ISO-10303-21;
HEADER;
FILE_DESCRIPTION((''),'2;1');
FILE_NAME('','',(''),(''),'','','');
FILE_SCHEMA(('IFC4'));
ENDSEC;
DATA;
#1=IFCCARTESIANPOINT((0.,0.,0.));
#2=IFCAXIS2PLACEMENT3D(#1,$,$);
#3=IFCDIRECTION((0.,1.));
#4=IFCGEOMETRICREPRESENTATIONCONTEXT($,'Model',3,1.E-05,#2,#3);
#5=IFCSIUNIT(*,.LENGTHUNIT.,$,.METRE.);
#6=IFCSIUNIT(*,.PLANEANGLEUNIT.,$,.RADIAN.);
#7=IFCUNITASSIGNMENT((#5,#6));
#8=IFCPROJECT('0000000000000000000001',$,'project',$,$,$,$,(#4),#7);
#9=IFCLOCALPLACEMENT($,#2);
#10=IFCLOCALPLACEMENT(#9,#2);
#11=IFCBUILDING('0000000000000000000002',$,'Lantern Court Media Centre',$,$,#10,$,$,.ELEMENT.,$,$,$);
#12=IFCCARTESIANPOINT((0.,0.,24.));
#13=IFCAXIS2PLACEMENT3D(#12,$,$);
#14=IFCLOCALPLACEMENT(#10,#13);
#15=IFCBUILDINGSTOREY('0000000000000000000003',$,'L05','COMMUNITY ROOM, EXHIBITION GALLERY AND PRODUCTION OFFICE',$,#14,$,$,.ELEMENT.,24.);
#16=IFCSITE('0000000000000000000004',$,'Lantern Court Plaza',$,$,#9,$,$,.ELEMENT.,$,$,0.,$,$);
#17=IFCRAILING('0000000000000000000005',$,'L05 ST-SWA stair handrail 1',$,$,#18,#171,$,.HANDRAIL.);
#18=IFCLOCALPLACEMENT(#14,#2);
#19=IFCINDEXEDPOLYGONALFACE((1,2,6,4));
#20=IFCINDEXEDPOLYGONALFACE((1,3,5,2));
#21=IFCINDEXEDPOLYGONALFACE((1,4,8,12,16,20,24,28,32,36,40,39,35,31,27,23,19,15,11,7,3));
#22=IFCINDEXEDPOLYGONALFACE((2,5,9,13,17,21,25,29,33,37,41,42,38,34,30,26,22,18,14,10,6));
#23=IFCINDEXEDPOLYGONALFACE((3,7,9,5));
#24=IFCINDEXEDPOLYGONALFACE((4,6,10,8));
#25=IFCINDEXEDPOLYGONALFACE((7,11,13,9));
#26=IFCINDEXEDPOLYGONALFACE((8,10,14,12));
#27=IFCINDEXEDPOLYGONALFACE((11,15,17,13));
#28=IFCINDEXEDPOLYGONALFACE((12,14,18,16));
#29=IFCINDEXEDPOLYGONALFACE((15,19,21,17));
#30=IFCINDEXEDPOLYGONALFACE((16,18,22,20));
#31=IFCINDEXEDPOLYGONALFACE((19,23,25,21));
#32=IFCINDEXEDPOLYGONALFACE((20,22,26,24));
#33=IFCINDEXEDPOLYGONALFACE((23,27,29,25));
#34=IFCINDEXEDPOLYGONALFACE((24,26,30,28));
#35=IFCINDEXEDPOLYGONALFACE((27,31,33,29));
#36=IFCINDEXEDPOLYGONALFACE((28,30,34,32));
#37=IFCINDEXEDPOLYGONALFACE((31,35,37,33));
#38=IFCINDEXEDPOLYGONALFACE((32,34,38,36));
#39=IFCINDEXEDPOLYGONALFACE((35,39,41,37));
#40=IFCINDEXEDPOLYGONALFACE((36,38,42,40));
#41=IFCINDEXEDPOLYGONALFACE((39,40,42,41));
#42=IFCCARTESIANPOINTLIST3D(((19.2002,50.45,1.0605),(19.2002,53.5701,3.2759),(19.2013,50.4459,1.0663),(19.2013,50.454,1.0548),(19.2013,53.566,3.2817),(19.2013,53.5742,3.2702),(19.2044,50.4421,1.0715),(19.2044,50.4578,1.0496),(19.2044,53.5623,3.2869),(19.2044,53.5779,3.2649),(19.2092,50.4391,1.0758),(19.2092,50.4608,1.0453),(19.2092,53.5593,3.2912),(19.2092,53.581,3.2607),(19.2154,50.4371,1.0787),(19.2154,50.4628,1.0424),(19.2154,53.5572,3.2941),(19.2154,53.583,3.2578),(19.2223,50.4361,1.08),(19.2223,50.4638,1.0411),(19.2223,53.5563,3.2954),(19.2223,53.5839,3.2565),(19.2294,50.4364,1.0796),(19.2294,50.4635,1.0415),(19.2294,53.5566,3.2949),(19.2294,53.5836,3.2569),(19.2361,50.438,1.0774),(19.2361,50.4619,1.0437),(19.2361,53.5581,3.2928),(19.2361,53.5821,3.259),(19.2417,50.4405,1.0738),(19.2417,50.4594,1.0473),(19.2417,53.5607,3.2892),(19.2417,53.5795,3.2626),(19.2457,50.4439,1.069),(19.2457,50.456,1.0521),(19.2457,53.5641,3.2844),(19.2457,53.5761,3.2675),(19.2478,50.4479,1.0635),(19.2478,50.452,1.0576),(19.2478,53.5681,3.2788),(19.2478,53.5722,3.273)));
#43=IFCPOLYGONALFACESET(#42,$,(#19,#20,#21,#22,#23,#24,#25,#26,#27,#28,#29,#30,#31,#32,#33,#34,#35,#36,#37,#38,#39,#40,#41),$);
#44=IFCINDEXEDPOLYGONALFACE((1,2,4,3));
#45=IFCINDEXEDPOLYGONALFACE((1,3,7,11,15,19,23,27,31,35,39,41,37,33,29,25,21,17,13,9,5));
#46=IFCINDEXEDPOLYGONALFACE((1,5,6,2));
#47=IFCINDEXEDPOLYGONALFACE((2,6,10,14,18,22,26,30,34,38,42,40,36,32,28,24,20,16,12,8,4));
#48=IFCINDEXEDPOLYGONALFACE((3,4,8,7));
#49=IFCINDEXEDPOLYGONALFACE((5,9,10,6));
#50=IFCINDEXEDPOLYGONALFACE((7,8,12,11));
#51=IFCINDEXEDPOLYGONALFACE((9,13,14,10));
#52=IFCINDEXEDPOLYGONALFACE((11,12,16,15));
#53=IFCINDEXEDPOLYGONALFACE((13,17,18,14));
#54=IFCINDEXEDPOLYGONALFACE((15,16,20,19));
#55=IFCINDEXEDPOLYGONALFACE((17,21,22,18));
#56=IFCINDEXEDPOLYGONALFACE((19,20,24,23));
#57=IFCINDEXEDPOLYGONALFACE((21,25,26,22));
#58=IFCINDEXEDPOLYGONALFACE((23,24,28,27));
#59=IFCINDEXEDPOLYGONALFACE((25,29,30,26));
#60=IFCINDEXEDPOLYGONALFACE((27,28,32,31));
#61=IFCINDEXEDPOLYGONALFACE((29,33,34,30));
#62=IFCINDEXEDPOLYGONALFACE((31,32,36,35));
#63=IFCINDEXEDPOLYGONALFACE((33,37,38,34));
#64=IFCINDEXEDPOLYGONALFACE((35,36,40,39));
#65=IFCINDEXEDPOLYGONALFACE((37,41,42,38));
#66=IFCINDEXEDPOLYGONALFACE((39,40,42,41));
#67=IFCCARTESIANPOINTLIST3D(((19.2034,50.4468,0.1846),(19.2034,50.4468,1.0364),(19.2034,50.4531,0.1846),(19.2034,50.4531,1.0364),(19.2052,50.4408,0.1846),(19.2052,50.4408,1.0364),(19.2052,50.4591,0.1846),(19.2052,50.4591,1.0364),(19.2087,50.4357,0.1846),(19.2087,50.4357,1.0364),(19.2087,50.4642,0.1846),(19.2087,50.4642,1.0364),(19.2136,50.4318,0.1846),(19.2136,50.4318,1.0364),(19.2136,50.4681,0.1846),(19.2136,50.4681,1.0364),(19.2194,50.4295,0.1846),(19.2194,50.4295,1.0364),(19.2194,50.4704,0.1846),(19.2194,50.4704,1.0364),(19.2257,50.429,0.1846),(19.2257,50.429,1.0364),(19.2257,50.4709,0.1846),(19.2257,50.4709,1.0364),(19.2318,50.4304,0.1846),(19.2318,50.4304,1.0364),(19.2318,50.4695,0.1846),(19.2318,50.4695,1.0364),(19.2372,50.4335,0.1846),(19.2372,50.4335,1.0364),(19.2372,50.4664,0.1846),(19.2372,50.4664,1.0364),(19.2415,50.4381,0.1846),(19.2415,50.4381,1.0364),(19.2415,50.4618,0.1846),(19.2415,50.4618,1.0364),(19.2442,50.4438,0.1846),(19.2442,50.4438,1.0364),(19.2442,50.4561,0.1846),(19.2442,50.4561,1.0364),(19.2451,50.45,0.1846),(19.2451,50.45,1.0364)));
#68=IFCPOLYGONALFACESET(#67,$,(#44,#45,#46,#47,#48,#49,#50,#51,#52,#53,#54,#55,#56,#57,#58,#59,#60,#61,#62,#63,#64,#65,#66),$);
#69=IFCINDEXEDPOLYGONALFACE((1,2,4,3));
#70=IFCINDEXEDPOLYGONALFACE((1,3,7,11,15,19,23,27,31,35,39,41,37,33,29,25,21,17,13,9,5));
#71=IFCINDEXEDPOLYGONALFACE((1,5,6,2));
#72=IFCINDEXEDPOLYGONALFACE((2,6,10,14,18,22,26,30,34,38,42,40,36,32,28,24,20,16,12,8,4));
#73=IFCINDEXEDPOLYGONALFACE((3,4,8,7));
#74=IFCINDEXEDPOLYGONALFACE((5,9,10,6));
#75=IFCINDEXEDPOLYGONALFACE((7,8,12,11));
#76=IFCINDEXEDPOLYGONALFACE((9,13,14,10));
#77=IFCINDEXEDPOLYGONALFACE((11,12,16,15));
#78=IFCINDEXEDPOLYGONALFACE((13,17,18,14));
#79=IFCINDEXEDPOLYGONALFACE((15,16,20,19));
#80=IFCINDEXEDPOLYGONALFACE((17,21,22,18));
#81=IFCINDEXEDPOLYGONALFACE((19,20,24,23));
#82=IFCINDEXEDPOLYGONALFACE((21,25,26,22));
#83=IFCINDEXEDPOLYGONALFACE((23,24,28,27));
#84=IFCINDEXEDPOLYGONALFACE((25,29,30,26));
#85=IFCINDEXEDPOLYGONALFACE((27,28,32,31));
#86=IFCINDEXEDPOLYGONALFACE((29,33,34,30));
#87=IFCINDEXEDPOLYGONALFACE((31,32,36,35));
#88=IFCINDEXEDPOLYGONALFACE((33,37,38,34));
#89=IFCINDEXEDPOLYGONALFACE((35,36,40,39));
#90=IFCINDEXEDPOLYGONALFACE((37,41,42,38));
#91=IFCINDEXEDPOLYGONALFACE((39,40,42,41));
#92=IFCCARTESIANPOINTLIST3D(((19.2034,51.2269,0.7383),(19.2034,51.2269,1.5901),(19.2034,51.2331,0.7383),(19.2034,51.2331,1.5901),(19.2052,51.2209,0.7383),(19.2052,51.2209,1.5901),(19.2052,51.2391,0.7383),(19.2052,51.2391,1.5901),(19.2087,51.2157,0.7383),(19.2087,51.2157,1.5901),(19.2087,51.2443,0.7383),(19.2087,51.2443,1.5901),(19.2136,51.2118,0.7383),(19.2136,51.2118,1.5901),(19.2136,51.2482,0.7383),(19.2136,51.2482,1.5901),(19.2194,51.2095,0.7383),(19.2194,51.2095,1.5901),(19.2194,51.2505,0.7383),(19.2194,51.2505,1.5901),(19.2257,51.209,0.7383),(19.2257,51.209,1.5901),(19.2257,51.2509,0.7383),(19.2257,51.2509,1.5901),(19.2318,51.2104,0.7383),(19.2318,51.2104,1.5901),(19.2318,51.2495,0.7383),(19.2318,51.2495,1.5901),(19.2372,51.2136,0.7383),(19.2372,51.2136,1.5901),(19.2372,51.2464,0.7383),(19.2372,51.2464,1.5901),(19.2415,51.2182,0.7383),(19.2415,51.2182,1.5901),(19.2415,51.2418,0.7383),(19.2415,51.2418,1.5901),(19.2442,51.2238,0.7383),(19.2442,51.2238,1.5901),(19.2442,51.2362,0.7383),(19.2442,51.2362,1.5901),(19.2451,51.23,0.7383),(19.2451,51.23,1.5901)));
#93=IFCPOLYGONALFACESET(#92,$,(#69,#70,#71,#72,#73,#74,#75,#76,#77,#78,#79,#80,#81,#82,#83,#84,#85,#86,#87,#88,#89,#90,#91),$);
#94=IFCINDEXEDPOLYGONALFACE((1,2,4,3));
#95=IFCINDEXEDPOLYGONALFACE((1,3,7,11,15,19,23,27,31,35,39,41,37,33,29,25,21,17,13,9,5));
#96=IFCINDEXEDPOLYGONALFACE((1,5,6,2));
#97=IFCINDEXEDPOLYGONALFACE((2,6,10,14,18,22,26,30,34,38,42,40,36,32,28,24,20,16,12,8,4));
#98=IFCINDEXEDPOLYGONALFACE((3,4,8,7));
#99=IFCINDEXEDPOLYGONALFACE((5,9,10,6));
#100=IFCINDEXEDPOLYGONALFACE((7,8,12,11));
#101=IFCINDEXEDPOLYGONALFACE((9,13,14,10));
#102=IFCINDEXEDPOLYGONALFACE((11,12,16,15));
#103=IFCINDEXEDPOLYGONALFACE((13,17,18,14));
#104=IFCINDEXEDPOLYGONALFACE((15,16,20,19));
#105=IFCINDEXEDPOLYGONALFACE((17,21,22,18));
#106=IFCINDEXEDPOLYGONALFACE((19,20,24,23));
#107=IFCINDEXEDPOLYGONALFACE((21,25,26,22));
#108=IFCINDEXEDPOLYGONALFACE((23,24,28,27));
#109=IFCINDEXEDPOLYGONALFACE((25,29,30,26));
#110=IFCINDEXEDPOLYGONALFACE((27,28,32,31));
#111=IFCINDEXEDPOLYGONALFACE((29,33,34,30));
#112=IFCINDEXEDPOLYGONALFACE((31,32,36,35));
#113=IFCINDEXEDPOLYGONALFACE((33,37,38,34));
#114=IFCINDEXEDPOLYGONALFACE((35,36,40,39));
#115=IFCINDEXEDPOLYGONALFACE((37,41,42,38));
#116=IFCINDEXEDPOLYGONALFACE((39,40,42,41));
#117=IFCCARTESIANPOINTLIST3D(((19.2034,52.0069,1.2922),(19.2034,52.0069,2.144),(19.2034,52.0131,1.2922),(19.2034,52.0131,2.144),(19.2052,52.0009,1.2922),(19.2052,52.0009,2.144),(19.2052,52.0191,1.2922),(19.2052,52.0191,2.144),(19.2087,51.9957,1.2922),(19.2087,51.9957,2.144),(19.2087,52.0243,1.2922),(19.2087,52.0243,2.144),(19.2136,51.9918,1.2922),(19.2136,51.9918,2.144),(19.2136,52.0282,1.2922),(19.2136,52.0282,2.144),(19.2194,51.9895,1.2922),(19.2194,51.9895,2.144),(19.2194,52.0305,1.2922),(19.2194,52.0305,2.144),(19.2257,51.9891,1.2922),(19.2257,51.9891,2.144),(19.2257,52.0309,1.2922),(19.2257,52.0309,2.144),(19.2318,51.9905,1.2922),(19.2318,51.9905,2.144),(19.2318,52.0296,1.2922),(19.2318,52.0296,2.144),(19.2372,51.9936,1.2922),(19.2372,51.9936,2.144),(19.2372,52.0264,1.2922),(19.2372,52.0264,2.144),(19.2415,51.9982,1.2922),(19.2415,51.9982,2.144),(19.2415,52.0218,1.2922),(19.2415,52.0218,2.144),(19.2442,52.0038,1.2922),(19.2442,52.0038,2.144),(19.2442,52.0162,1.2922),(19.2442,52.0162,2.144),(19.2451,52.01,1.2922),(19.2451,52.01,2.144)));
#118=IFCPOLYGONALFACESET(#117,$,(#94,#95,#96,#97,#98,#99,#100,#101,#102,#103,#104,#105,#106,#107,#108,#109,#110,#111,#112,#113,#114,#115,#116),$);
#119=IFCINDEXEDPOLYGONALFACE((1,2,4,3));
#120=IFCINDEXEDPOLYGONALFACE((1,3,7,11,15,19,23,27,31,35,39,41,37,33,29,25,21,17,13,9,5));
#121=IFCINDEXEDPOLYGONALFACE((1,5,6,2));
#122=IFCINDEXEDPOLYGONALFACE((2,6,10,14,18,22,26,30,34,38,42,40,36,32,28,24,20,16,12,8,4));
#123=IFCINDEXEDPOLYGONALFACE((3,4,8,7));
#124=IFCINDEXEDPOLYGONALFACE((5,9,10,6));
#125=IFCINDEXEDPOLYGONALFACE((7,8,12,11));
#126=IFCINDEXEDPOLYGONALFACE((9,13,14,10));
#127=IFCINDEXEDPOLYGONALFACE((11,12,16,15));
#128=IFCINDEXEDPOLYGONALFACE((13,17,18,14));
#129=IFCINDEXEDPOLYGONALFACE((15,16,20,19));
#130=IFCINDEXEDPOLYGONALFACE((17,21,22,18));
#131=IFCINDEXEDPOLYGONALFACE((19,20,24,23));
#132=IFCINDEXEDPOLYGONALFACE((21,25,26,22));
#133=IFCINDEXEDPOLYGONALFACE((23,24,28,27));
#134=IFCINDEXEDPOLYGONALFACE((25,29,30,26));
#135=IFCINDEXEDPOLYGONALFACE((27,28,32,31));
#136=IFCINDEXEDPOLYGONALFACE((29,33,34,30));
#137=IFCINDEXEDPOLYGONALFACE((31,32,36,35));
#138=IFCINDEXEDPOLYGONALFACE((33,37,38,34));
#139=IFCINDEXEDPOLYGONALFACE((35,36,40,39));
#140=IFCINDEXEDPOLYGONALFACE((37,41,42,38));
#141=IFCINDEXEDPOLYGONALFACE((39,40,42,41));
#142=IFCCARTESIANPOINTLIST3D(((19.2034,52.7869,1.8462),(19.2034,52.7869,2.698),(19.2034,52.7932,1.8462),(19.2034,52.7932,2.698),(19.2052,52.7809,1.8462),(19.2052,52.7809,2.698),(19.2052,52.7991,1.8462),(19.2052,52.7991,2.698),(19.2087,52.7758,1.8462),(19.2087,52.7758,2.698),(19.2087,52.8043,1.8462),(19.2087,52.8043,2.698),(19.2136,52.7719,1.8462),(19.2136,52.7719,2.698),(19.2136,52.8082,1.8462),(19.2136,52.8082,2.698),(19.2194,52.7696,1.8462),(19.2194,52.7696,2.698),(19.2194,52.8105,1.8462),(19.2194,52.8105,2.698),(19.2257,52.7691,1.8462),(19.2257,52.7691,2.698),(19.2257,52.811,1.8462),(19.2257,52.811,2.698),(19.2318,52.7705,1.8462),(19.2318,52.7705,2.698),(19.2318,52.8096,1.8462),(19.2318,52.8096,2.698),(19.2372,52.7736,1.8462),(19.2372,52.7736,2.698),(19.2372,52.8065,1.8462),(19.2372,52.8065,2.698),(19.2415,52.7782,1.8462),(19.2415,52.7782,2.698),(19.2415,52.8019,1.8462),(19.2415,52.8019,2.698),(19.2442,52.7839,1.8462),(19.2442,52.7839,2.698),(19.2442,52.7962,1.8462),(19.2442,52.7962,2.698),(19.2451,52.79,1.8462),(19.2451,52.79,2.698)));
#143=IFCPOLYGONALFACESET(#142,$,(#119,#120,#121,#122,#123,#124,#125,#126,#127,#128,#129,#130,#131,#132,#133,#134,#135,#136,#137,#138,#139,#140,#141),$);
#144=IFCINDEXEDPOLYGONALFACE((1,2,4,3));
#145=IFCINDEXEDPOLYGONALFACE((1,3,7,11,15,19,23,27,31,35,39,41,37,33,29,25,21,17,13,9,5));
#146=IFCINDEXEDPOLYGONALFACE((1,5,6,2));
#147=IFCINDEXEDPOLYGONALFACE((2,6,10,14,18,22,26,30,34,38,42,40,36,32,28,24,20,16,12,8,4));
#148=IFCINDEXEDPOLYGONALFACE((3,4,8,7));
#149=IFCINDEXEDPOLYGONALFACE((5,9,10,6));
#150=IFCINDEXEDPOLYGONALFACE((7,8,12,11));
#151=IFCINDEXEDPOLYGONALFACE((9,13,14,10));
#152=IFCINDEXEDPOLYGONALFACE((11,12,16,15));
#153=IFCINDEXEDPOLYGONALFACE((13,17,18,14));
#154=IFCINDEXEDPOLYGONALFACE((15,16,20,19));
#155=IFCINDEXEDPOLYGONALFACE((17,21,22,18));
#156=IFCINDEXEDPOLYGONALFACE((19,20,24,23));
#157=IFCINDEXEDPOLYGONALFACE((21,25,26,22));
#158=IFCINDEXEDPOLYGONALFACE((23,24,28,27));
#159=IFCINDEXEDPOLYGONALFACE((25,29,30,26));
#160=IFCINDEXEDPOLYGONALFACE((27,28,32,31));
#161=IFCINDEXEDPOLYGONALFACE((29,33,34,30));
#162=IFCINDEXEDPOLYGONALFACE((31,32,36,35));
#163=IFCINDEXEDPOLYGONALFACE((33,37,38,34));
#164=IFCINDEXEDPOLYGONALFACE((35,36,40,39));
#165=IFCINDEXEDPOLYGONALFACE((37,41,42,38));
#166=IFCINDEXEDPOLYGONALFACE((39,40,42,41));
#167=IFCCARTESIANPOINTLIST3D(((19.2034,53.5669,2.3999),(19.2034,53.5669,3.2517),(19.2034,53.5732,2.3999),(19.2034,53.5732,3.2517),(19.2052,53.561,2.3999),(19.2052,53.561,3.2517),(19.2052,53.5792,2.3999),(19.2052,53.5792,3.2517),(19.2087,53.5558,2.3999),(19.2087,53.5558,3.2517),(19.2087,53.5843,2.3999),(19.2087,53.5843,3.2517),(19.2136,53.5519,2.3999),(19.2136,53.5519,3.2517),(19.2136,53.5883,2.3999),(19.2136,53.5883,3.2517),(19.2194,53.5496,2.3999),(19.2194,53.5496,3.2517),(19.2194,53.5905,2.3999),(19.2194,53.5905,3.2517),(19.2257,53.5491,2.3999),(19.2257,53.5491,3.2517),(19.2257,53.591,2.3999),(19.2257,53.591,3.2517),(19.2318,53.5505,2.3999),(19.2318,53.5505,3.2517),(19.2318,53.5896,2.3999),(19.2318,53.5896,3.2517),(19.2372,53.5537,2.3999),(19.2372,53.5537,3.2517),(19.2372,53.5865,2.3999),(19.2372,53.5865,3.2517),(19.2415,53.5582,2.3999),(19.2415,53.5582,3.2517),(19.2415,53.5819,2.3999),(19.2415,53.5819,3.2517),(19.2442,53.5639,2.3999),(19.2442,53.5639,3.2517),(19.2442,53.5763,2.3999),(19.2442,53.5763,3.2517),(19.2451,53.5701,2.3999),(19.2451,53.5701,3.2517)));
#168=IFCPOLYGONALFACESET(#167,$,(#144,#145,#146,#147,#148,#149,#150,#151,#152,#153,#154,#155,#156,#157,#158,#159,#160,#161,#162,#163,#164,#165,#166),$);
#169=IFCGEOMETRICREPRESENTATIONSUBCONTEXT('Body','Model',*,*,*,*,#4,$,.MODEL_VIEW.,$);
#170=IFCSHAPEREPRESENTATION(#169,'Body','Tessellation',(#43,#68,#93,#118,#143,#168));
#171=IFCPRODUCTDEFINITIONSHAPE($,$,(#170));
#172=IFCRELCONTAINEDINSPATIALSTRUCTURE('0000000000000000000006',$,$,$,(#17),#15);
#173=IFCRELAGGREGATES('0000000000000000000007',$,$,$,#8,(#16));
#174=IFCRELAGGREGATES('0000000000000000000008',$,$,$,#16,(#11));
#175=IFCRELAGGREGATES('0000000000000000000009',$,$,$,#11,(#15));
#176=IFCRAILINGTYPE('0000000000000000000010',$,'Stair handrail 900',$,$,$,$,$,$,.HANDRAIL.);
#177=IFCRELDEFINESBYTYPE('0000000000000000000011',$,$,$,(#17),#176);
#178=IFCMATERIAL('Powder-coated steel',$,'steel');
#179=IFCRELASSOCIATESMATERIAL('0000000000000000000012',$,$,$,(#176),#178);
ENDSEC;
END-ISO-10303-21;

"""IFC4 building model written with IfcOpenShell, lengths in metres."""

from ifc_helpers import new_model, si_unit, direction, frame, origin, origin_2d, place, context, subcontext, project, spatial, circle, extrude, material, type_object, element, save


model = new_model("IFC4")

# Units and contexts
model_context = context("Model", 3, precision=1e-05, world=origin(), true_north=direction((0.0, 1.0)))
body_context = subcontext(model_context, "Body", "Model", "MODEL_VIEW")
ifc_project = project(units=[si_unit("LENGTHUNIT", "METRE"), si_unit("PLANEANGLEUNIT", "RADIAN")], contexts=[model_context])

# Site, building, storey
site_placement = place(None, origin())
site = spatial("IfcSite", under=ifc_project, at=site_placement, Name="Lantern Court Plaza", CompositionType="ELEMENT", RefElevation=0.0)
building_placement = place(site_placement, origin())
building = spatial("IfcBuilding", under=site, at=building_placement, Name="Lantern Court Media Centre", CompositionType="ELEMENT")
storey_placement = place(building_placement, frame((0.0, 0.0, 24.0)))
storey = spatial("IfcBuildingStorey", under=building, at=storey_placement, Name="L05", Description="COMMUNITY ROOM, EXHIBITION GALLERY AND PRODUCTION OFFICE", CompositionType="ELEMENT", Elevation=24.0)

# Shared definitions
ifc_material_1 = material(Name="Powder-coated steel", Category="steel")

# Railing
railing_type_1 = type_object("IfcRailingType", Name="Stair handrail 900", PredefinedType="HANDRAIL", material=ifc_material_1)
railing_1_placement = place(storey_placement, frame((19.2241, 50.45, 0.1846)))
element("IfcRailing", 1, at=railing_1_placement, inside=storey, type_object=railing_type_1, Name="L05 ST-SWA stair handrail 1", PredefinedType="HANDRAIL", context=body_context, shape_type="SweptSolid", body=[
    extrude(circle(Radius=0.0239, at=origin_2d()), frame((0.0, 0.0, 0.876), z_axis=(0.0, 0.815377, 0.57893), x_axis=(-1.0, 0.0, 0.0)), (0.0, 0.0, 1.0), 3.8267),
    extrude(circle(Radius=0.021, at=origin_2d()), origin(), (0.0, 0.0, 1.0), 0.8518),
    extrude(circle(Radius=0.021, at=origin_2d()), frame((0.0, 0.78, 0.5537)), (0.0, 0.0, 1.0), 0.8518),
    extrude(circle(Radius=0.021, at=origin_2d()), frame((0.0, 1.5601, 1.1077)), (0.0, 0.0, 1.0), 0.8518),
    extrude(circle(Radius=0.021, at=origin_2d()), frame((0.0, 2.3401, 1.6616)), (0.0, 0.0, 1.0), 0.8518),
    extrude(circle(Radius=0.021, at=origin_2d()), frame((0.0, 3.1201, 2.2153)), (0.0, 0.0, 1.0), 0.8518),
])

save(model, "model.ifc")
